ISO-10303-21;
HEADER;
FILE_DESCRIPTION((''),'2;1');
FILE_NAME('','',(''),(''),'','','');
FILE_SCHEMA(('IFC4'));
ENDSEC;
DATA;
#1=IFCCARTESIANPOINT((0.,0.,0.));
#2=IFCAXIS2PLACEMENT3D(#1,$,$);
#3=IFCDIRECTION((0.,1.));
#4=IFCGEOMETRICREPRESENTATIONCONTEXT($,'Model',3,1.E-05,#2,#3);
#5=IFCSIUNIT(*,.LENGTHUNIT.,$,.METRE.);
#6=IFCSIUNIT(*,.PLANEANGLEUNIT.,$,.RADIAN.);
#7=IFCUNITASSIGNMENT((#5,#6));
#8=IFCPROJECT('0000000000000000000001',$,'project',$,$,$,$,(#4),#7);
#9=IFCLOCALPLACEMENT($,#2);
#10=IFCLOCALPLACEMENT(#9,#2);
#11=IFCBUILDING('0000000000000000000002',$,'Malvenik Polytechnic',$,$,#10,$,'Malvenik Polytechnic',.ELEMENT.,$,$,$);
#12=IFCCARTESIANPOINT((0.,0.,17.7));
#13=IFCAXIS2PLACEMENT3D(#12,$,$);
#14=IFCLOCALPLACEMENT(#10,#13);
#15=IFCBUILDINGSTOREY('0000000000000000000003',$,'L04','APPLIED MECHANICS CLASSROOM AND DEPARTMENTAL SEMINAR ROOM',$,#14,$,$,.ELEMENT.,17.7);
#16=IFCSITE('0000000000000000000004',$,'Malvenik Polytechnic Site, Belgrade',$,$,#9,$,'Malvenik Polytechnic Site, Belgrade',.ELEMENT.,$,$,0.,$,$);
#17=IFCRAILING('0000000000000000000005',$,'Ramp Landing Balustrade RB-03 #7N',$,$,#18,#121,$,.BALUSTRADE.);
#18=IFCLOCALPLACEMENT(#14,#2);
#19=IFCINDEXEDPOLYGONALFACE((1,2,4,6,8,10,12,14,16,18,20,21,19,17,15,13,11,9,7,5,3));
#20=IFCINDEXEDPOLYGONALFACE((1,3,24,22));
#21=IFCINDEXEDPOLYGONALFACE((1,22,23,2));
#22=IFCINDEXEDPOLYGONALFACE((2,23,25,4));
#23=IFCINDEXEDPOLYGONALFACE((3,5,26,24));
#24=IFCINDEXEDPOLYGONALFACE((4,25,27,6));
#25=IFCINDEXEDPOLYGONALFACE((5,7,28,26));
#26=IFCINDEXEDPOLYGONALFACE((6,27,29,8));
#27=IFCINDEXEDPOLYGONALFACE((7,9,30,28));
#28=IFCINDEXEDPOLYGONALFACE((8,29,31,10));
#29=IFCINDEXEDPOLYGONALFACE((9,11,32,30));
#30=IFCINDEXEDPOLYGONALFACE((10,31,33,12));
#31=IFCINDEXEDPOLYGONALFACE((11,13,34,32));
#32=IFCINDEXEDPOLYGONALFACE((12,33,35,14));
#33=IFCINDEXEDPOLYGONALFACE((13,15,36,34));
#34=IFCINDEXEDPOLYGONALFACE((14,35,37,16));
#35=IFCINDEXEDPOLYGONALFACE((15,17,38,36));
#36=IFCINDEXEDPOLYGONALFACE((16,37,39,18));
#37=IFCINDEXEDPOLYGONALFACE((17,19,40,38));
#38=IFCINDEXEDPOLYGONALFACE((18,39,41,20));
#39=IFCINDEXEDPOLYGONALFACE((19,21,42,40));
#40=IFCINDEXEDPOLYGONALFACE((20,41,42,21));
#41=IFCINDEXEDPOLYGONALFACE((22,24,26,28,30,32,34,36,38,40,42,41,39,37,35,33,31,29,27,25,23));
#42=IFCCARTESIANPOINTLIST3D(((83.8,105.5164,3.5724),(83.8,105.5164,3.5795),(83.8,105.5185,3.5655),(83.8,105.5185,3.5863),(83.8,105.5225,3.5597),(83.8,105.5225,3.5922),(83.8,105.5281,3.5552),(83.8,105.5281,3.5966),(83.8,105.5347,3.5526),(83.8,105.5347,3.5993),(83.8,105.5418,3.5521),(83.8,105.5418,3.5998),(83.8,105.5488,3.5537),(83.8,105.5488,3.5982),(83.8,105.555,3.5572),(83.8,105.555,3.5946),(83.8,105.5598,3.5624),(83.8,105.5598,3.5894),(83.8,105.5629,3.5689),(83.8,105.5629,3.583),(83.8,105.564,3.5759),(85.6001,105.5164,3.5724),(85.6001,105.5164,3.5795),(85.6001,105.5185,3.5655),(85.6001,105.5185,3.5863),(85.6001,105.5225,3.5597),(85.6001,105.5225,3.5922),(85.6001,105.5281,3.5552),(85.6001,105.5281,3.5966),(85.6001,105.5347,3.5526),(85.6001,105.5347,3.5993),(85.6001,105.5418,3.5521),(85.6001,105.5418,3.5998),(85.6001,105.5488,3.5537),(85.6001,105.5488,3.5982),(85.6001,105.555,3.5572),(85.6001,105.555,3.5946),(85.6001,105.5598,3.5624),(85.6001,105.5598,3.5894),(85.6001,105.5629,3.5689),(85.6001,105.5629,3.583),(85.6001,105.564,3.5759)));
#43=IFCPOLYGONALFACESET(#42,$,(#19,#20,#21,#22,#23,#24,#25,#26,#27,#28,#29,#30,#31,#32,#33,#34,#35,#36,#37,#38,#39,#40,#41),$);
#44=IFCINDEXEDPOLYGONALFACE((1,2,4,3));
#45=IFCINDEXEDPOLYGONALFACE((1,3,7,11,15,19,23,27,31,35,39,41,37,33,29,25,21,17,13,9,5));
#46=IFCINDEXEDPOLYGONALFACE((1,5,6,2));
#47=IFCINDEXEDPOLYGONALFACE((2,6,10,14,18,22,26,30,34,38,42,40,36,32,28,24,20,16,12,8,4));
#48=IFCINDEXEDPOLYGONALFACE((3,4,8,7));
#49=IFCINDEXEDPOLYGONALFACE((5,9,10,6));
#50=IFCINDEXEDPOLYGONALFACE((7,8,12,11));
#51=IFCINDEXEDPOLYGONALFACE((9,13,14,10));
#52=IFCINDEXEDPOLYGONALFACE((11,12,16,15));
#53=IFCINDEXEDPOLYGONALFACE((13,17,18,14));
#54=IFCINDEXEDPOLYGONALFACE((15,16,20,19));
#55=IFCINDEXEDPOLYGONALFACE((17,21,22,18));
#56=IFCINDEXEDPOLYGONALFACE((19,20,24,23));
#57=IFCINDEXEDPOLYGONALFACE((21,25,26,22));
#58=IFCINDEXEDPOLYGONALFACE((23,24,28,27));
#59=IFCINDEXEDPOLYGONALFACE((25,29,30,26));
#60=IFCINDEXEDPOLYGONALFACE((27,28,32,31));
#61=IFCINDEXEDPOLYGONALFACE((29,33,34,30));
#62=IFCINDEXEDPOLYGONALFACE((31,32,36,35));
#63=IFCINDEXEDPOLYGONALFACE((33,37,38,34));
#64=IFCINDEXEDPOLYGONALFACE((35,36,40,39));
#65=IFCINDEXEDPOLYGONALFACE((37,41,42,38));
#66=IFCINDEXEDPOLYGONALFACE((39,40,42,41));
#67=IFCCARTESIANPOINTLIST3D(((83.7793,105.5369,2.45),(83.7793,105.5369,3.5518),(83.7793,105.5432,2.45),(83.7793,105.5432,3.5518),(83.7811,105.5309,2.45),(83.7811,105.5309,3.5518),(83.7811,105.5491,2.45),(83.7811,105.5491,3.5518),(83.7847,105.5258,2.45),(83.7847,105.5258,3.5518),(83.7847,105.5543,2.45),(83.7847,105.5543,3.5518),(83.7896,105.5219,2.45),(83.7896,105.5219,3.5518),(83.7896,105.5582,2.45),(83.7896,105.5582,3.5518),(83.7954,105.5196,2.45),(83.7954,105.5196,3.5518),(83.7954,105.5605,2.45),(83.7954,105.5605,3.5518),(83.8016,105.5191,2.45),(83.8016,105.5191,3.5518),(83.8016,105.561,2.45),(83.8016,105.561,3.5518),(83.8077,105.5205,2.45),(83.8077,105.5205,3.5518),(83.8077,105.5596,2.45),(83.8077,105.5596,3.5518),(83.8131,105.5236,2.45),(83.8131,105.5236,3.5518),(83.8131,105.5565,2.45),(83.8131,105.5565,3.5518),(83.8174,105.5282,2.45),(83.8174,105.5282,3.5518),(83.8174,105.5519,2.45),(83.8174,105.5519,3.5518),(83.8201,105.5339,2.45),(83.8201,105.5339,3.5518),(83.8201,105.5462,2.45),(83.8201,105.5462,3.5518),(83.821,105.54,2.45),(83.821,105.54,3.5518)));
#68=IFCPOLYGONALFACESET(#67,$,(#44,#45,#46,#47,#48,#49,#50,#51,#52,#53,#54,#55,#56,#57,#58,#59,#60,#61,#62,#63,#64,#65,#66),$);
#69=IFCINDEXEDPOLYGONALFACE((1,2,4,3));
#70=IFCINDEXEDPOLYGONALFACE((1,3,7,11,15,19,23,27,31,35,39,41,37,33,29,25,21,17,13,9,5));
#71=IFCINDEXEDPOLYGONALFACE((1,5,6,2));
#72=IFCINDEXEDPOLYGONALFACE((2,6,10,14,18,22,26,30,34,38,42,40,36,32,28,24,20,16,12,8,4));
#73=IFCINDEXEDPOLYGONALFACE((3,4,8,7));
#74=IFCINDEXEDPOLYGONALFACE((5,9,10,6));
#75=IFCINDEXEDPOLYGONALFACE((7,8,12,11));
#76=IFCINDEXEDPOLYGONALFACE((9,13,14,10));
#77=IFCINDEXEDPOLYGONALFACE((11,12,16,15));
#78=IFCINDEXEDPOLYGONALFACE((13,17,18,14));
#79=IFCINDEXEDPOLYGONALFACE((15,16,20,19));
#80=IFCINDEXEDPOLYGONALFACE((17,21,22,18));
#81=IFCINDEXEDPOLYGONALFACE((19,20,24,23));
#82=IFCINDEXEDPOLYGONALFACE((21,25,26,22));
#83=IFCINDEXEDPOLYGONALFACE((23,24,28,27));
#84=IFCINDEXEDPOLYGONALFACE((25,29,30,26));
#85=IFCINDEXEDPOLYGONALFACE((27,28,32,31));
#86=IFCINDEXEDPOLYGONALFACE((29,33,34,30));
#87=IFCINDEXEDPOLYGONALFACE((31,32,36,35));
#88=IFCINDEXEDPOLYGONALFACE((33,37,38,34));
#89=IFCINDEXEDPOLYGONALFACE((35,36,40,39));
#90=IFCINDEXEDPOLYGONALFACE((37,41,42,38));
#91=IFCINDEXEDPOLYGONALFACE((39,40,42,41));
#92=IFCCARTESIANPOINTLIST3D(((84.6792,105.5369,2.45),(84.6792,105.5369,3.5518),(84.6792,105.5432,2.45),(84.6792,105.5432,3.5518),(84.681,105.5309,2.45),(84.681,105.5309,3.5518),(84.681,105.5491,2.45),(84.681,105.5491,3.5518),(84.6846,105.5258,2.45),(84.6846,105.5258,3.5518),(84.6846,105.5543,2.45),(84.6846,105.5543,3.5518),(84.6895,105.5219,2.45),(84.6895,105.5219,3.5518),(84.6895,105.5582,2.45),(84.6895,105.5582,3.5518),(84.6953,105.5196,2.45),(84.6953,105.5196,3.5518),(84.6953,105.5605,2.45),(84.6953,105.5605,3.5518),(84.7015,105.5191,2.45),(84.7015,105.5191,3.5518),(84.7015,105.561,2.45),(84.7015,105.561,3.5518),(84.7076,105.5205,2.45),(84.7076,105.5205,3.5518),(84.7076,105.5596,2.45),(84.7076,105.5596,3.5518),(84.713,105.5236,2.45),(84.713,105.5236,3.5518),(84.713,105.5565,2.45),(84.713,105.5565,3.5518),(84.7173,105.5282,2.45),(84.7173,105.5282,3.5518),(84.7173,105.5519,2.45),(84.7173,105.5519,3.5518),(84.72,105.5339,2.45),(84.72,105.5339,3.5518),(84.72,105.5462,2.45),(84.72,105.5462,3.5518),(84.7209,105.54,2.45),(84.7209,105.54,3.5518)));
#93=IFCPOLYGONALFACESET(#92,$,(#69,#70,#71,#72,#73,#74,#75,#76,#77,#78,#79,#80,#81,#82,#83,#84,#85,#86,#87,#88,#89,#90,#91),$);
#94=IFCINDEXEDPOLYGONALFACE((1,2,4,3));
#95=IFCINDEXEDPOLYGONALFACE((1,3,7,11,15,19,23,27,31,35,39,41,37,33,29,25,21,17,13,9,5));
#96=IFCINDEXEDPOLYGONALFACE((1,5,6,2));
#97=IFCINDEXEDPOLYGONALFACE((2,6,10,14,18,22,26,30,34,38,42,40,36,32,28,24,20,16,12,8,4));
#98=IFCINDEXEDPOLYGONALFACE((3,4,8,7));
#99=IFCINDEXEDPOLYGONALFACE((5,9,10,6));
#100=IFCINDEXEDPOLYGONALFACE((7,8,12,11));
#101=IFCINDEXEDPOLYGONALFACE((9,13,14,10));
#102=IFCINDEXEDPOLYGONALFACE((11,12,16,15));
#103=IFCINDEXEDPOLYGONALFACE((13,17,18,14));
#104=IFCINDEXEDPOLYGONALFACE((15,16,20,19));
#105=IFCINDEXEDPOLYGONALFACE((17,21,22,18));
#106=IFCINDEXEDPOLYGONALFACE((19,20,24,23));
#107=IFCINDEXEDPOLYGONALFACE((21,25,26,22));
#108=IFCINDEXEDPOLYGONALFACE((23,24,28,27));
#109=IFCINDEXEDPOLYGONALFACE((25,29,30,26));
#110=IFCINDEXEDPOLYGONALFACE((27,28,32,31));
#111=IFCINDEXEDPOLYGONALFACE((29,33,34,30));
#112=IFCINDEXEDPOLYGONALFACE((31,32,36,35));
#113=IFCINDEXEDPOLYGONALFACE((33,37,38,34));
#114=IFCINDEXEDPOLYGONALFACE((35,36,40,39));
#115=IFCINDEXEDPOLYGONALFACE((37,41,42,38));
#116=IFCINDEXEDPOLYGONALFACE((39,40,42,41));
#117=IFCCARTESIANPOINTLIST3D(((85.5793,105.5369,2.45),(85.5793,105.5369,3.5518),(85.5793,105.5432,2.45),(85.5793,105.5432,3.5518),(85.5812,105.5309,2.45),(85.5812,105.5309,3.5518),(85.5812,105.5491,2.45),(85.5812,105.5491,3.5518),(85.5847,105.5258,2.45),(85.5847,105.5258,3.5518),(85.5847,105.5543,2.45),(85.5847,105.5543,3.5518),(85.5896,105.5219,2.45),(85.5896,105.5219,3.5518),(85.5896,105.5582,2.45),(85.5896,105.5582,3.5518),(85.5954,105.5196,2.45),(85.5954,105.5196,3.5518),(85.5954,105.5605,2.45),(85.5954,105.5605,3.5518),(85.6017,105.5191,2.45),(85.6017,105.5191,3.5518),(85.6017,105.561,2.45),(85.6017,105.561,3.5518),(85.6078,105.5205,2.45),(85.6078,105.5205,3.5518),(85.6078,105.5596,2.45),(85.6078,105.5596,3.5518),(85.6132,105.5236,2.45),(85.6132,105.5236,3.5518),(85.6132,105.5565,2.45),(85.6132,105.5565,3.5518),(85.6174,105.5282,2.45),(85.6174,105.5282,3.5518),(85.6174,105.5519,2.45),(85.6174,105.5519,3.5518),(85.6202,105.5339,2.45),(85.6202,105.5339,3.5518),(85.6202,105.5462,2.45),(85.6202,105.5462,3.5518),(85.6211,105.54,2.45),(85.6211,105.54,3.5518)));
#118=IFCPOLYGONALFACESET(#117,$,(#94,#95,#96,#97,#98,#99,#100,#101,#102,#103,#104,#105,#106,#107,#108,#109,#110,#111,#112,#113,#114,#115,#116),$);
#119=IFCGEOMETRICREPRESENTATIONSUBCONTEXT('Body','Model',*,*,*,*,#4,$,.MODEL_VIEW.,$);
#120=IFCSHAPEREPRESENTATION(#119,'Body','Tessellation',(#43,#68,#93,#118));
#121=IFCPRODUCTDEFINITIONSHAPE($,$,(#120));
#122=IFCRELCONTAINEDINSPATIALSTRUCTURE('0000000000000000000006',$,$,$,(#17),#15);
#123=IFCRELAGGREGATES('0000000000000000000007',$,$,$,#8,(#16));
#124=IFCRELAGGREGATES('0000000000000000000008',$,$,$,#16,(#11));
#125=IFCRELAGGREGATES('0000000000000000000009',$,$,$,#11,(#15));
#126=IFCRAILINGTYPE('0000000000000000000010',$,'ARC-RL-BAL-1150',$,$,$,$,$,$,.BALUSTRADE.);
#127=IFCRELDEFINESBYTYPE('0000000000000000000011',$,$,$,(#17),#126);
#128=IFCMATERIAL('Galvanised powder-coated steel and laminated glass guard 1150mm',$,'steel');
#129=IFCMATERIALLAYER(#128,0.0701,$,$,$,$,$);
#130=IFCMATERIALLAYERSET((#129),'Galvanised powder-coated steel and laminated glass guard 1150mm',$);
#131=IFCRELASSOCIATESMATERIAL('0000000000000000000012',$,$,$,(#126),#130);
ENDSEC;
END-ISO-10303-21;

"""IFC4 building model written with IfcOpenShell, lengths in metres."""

from ifc_helpers import new_model, si_unit, direction, frame, origin, origin_2d, place, context, subcontext, project, spatial, circle, extrude, material, layer, layer_set, type_object, element, save


model = new_model("IFC4")

# Units and contexts
model_context = context("Model", 3, precision=1e-05, world=origin(), true_north=direction((0.0, 1.0)))
body_context = subcontext(model_context, "Body", "Model", "MODEL_VIEW")
ifc_project = project(units=[si_unit("LENGTHUNIT", "METRE"), si_unit("PLANEANGLEUNIT", "RADIAN")], contexts=[model_context])

# Site, building, storey
site_placement = place(None, origin())
site = spatial("IfcSite", under=ifc_project, at=site_placement, Name="Malvenik Polytechnic Site, Belgrade", LongName="Malvenik Polytechnic Site, Belgrade", CompositionType="ELEMENT", RefElevation=0.0)
building_placement = place(site_placement, origin())
building = spatial("IfcBuilding", under=site, at=building_placement, Name="Malvenik Polytechnic", LongName="Malvenik Polytechnic", CompositionType="ELEMENT")
storey_placement = place(building_placement, frame((0.0, 0.0, 17.7)))
storey = spatial("IfcBuildingStorey", under=building, at=storey_placement, Name="L04", Description="APPLIED MECHANICS CLASSROOM AND DEPARTMENTAL SEMINAR ROOM", CompositionType="ELEMENT", Elevation=17.7)

# Railing
ifc_material_1 = material(Name="Galvanised powder-coated steel and laminated glass guard 1150mm", Category="steel")
ifc_layer_1 = layer(ifc_material_1, 0.0701)
ifc_layer_set_1 = layer_set([ifc_layer_1], Name="Galvanised powder-coated steel and laminated glass guard 1150mm")
railing_type_1 = type_object("IfcRailingType", Name="ARC-RL-BAL-1150", PredefinedType="BALUSTRADE", material=ifc_layer_set_1)
railing_1_placement = place(storey_placement, frame((83.8, 105.54, 2.45)))
element("IfcRailing", 1, at=railing_1_placement, inside=storey, type_object=railing_type_1, Name="Ramp Landing Balustrade RB-03 #7N", PredefinedType="BALUSTRADE", context=body_context, shape_type="SweptSolid", body=[
    extrude(circle(Radius=0.0239, at=origin_2d()), frame((0.0, 0.0, 1.126), z_axis=(1.0, 0.0, 0.0), x_axis=(0.0, 1.0, 0.0)), (0.0, 0.0, 1.0), 1.8),
    extrude(circle(Radius=0.021, at=origin_2d()), origin(), (0.0, 0.0, 1.0), 1.1018),
    extrude(circle(Radius=0.021, at=origin_2d()), frame((0.8999, 0.0, 0.0)), (0.0, 0.0, 1.0), 1.1018),
    extrude(circle(Radius=0.021, at=origin_2d()), frame((1.8, 0.0, 0.0)), (0.0, 0.0, 1.0), 1.1018),
])

save(model, "model.ifc")
